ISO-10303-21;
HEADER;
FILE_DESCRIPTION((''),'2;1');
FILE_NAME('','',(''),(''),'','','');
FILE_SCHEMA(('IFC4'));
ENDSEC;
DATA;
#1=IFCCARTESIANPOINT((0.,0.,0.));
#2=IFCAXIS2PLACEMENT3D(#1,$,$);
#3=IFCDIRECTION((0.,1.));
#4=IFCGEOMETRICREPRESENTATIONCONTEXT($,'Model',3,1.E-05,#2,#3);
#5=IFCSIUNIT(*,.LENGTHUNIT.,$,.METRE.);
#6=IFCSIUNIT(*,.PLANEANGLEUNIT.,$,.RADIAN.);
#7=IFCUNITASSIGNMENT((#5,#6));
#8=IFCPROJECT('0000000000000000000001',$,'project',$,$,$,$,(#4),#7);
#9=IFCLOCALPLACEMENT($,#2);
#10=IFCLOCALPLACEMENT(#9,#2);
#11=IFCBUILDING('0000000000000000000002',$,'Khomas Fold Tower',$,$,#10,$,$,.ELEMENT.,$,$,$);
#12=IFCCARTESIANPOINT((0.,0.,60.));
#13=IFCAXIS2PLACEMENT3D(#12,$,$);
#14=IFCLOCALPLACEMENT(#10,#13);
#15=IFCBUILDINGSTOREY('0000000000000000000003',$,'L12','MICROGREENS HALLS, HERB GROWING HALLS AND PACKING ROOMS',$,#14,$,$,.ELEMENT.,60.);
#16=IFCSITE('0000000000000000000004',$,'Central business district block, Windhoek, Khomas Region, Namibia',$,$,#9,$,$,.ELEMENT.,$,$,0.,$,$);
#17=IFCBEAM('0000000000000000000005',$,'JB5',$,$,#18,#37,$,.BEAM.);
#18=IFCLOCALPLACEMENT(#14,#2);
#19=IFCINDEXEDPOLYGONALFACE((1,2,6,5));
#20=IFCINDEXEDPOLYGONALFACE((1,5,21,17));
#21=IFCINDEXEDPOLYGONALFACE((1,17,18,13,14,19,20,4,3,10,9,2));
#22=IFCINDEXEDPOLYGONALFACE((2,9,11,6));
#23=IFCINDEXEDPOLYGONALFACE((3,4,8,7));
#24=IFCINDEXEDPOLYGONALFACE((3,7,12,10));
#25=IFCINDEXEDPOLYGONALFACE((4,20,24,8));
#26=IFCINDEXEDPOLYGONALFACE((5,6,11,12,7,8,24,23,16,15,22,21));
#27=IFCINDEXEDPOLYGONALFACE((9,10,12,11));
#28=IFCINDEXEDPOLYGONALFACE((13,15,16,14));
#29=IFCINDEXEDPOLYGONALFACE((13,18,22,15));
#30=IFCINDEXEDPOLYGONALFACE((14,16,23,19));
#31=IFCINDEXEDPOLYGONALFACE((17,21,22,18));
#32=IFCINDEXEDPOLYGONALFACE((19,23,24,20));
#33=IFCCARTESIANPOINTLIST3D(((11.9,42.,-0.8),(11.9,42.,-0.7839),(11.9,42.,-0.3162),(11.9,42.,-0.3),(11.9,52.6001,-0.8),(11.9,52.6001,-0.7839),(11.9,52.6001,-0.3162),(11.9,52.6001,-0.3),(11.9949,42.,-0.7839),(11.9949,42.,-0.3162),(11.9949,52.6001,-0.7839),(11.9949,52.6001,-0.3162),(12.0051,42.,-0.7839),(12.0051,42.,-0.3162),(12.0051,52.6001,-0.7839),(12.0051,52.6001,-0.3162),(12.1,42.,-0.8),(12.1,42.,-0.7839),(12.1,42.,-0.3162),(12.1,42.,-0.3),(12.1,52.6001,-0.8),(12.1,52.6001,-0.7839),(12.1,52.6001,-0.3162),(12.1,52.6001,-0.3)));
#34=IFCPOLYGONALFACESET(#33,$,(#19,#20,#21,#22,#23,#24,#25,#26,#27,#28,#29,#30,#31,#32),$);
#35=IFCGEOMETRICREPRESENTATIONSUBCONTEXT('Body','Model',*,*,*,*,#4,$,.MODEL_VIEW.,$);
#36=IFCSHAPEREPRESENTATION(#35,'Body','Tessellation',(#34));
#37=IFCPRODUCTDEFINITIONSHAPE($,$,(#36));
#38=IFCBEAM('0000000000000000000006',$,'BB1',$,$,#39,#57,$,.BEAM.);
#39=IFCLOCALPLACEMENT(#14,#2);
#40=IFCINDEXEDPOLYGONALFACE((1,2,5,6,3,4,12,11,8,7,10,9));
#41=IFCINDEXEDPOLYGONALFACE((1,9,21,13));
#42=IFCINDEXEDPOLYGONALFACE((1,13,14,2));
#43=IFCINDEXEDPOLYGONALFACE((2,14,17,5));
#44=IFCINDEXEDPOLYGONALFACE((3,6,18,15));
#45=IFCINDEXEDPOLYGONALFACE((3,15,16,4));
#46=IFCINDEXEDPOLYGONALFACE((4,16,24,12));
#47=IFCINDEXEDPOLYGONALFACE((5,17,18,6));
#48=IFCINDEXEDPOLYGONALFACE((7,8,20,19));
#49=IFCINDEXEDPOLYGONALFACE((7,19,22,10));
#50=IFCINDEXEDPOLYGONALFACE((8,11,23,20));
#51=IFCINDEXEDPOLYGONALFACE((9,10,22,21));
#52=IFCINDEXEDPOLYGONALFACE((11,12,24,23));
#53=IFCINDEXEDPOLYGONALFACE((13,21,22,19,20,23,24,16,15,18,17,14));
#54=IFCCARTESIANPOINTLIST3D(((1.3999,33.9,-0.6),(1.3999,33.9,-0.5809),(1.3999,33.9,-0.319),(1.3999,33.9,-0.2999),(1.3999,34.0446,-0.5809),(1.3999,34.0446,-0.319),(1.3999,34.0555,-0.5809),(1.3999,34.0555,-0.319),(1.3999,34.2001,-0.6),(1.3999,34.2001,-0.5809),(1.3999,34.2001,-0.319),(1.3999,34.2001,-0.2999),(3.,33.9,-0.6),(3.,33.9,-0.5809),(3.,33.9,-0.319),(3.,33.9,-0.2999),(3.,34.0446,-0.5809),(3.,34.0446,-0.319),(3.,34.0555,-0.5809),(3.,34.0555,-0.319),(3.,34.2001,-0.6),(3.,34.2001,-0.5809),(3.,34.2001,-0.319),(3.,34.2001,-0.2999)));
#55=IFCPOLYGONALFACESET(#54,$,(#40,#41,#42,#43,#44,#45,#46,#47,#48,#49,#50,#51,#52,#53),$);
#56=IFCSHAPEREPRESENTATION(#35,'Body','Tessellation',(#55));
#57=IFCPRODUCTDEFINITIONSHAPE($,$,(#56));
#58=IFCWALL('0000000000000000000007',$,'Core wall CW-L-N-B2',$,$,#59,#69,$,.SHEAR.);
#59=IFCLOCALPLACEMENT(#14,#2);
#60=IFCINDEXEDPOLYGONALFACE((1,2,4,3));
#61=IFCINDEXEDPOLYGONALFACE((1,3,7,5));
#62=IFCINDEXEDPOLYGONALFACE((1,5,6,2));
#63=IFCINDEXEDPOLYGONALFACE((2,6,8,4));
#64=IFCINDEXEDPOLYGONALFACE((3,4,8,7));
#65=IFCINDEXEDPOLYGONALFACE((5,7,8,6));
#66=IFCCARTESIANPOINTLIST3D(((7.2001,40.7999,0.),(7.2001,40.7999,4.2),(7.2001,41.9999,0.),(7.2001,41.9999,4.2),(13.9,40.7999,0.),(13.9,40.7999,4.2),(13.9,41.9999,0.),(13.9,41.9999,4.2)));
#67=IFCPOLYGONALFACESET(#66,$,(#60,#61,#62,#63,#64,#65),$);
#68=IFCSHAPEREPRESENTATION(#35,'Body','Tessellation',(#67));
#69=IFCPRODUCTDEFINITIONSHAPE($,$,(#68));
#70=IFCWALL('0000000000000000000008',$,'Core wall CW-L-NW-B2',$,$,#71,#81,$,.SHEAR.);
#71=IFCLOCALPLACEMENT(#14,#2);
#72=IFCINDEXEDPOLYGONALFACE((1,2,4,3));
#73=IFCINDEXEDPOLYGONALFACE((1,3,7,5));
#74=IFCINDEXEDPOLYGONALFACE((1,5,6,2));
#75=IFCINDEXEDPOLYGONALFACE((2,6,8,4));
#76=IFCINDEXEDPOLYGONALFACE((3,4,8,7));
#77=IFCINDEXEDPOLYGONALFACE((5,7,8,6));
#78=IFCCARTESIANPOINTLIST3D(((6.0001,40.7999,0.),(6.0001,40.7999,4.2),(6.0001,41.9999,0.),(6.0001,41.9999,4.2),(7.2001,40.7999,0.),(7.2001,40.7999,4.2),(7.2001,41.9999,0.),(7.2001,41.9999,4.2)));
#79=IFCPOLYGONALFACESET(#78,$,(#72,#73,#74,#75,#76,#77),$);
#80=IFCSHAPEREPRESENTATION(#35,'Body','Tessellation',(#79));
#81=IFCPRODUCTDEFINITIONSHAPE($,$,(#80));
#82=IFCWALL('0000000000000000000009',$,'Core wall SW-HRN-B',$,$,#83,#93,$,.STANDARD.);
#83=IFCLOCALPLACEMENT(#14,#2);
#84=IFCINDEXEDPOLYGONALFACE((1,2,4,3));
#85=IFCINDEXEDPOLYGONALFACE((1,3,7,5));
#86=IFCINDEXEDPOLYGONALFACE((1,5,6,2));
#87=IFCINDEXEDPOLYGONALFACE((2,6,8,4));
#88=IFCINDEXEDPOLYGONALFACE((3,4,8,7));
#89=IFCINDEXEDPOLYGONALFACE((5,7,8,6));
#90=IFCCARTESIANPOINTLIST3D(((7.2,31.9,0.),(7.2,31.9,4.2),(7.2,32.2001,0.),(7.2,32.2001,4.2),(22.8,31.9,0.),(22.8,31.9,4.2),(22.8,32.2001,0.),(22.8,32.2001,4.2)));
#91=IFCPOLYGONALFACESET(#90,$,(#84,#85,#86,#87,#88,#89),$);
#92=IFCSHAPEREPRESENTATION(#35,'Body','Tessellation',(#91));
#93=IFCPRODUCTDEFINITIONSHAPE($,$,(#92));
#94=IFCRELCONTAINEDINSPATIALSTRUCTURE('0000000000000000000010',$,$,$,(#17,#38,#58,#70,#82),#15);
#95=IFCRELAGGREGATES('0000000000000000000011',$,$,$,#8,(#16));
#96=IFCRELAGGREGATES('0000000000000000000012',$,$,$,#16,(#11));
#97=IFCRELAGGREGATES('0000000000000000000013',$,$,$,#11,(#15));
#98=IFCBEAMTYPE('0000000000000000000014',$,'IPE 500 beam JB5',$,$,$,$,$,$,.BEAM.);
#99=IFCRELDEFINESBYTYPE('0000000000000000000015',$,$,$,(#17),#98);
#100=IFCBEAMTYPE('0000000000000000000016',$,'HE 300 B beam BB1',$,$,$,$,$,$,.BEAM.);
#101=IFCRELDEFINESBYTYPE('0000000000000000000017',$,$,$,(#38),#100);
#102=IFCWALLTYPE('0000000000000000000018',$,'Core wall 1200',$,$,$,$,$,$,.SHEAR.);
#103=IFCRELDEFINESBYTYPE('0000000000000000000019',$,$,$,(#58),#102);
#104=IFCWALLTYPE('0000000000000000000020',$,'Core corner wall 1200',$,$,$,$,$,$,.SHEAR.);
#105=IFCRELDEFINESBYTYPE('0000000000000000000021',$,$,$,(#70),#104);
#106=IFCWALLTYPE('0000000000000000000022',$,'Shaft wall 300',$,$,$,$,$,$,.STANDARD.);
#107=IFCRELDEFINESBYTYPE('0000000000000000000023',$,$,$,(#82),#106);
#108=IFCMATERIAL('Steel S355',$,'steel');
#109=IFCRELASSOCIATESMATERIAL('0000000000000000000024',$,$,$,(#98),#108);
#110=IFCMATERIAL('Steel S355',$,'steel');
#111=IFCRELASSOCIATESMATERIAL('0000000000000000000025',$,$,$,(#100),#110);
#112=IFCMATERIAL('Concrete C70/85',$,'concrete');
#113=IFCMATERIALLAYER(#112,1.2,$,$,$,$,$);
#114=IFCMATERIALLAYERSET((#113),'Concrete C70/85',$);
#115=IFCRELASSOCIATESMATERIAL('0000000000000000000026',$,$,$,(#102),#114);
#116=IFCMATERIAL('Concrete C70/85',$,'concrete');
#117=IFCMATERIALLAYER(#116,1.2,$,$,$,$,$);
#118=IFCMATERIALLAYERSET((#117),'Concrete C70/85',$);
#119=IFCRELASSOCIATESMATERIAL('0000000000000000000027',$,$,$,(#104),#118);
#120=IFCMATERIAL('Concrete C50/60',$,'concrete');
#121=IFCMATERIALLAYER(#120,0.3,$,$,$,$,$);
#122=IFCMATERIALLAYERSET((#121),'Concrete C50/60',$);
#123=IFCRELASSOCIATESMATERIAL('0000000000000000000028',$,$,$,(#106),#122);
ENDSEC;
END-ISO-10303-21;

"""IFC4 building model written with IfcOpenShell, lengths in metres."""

from ifc_helpers import new_model, si_unit, direction, frame, frame_2d, origin, origin_2d, place, context, subcontext, project, spatial, rectangle, i_section, extrude, source, transform, mapped, material, layer, layer_set, material_profile, profile_set, type_object, element, save


model = new_model("IFC4")

# Units and contexts
model_context = context("Model", 3, precision=1e-05, world=origin(), true_north=direction((0.0, 1.0)))
body_context = subcontext(model_context, "Body", "Model", "MODEL_VIEW")
ifc_project = project(units=[si_unit("LENGTHUNIT", "METRE"), si_unit("PLANEANGLEUNIT", "RADIAN")], contexts=[model_context])

# Site, building, storey
site_placement = place(None, origin())
site = spatial("IfcSite", under=ifc_project, at=site_placement, Name="Central business district block, Windhoek, Khomas Region, Namibia", CompositionType="ELEMENT", RefElevation=0.0)
building_placement = place(site_placement, origin())
building = spatial("IfcBuilding", under=site, at=building_placement, Name="Khomas Fold Tower", CompositionType="ELEMENT")
storey_placement = place(building_placement, frame((0.0, 0.0, 60.0)))
storey = spatial("IfcBuildingStorey", under=building, at=storey_placement, Name="L12", Description="MICROGREENS HALLS, HERB GROWING HALLS AND PACKING ROOMS", CompositionType="ELEMENT", Elevation=60.0)

# Beams
ifc_material_1 = material(Name="Steel S355", Category="steel")
ifc_material_profile_1 = material_profile(ifc_material_1, i_section(OverallWidth=0.2, OverallDepth=0.5, WebThickness=0.0103, FlangeThickness=0.0161, at=origin_2d()), Name="IPE 500")
ifc_profile_set_1 = profile_set([ifc_material_profile_1], Name="Steel S355")
beam_type_1 = type_object("IfcBeamType", Name="IPE 500 beam JB5", PredefinedType="BEAM", material=ifc_profile_set_1)
shared_shape_1 = source(origin(), body_context, "Body", "SweptSolid", [
    extrude(i_section(OverallWidth=0.2, OverallDepth=0.5, WebThickness=0.0103, FlangeThickness=0.0161, at=origin_2d()), origin(), (0.0, 0.0, 1.0), 10.6001),
])
beam_1_placement = place(storey_placement, frame((12.0, 42.0, -0.55), z_axis=(0.0, 1.0, 0.0), x_axis=(-1.0, 0.0, 0.0)))
element("IfcBeam", 1, at=beam_1_placement, inside=storey, type_object=beam_type_1, Name="JB5", PredefinedType="BEAM", context=body_context, shape_type="MappedRepresentation", body=[
    mapped(shared_shape_1, transform((0.0, 0.0, 0.0))),
])
ifc_material_2 = material(Name="Steel S355", Category="steel")
ifc_material_profile_2 = material_profile(ifc_material_2, i_section(OverallWidth=0.3, OverallDepth=0.3, WebThickness=0.011, FlangeThickness=0.019, at=origin_2d()), Name="HE 300 B")
ifc_profile_set_2 = profile_set([ifc_material_profile_2], Name="Steel S355")
beam_type_2 = type_object("IfcBeamType", Name="HE 300 B beam BB1", PredefinedType="BEAM", material=ifc_profile_set_2)
shared_shape_2 = source(origin(), body_context, "Body", "SweptSolid", [
    extrude(i_section(OverallWidth=0.3, OverallDepth=0.3, WebThickness=0.011, FlangeThickness=0.019, at=origin_2d()), origin(), (0.0, 0.0, 1.0), 1.6001),
])
beam_2_placement = place(storey_placement, frame((1.3999, 34.05, -0.45), z_axis=(1.0, 0.0, 0.0), x_axis=(0.0, 1.0, 0.0)))
element("IfcBeam", 2, at=beam_2_placement, inside=storey, type_object=beam_type_2, Name="BB1", PredefinedType="BEAM", context=body_context, shape_type="MappedRepresentation", body=[
    mapped(shared_shape_2, transform((0.0, 0.0, 0.0))),
])

# Walls
ifc_material_3 = material(Name="Concrete C70/85", Category="concrete")
ifc_layer_1 = layer(ifc_material_3, 1.2)
ifc_layer_set_1 = layer_set([ifc_layer_1], Name="Concrete C70/85")
wall_type_1 = type_object("IfcWallType", Name="Core wall 1200", PredefinedType="SHEAR", material=ifc_layer_set_1)
shared_shape_3 = source(origin(), body_context, "Body", "SweptSolid", [
    extrude(rectangle(XDim=6.7, YDim=1.2, at=frame_2d((3.3501, 0.0))), origin(), (0.0, 0.0, 1.0), 4.2),
])
wall_1_placement = place(storey_placement, frame((7.2, 41.3999, 0.0), z_axis=(0.0, 0.0, 1.0), x_axis=(1.0, 0.0, 0.0)))
element("IfcWall", 3, at=wall_1_placement, inside=storey, type_object=wall_type_1, Name="Core wall CW-L-N-B2", PredefinedType="SHEAR", context=body_context, shape_type="MappedRepresentation", body=[
    mapped(shared_shape_3, transform((0.0, 0.0, 0.0))),
])
ifc_material_4 = material(Name="Concrete C70/85", Category="concrete")
ifc_layer_2 = layer(ifc_material_4, 1.2)
ifc_layer_set_2 = layer_set([ifc_layer_2], Name="Concrete C70/85")
wall_type_2 = type_object("IfcWallType", Name="Core corner wall 1200", PredefinedType="SHEAR", material=ifc_layer_set_2)
shared_shape_4 = source(origin(), body_context, "Body", "SweptSolid", [
    extrude(rectangle(XDim=1.2, YDim=1.2, at=frame_2d((0.6001, 0.0))), origin(), (0.0, 0.0, 1.0), 4.2),
])
wall_2_placement = place(storey_placement, frame((6.0, 41.3999, 0.0), z_axis=(0.0, 0.0, 1.0), x_axis=(1.0, 0.0, 0.0)))
element("IfcWall", 4, at=wall_2_placement, inside=storey, type_object=wall_type_2, Name="Core wall CW-L-NW-B2", PredefinedType="SHEAR", context=body_context, shape_type="MappedRepresentation", body=[
    mapped(shared_shape_4, transform((0.0, 0.0, 0.0))),
])
ifc_material_5 = material(Name="Concrete C50/60", Category="concrete")
ifc_layer_3 = layer(ifc_material_5, 0.3)
ifc_layer_set_3 = layer_set([ifc_layer_3], Name="Concrete C50/60")
wall_type_3 = type_object("IfcWallType", Name="Shaft wall 300", PredefinedType="STANDARD", material=ifc_layer_set_3)
shared_shape_5 = source(origin(), body_context, "Body", "SweptSolid", [
    extrude(rectangle(XDim=15.6001, YDim=0.3, at=frame_2d((7.8, 0.0))), origin(), (0.0, 0.0, 1.0), 4.2),
])
wall_3_placement = place(storey_placement, frame((7.2, 32.05, 0.0), z_axis=(0.0, 0.0, 1.0), x_axis=(1.0, 0.0, 0.0)))
element("IfcWall", 5, at=wall_3_placement, inside=storey, type_object=wall_type_3, Name="Core wall SW-HRN-B", PredefinedType="STANDARD", context=body_context, shape_type="MappedRepresentation", body=[
    mapped(shared_shape_5, transform((0.0, 0.0, 0.0))),
])

save(model, "model.ifc")
